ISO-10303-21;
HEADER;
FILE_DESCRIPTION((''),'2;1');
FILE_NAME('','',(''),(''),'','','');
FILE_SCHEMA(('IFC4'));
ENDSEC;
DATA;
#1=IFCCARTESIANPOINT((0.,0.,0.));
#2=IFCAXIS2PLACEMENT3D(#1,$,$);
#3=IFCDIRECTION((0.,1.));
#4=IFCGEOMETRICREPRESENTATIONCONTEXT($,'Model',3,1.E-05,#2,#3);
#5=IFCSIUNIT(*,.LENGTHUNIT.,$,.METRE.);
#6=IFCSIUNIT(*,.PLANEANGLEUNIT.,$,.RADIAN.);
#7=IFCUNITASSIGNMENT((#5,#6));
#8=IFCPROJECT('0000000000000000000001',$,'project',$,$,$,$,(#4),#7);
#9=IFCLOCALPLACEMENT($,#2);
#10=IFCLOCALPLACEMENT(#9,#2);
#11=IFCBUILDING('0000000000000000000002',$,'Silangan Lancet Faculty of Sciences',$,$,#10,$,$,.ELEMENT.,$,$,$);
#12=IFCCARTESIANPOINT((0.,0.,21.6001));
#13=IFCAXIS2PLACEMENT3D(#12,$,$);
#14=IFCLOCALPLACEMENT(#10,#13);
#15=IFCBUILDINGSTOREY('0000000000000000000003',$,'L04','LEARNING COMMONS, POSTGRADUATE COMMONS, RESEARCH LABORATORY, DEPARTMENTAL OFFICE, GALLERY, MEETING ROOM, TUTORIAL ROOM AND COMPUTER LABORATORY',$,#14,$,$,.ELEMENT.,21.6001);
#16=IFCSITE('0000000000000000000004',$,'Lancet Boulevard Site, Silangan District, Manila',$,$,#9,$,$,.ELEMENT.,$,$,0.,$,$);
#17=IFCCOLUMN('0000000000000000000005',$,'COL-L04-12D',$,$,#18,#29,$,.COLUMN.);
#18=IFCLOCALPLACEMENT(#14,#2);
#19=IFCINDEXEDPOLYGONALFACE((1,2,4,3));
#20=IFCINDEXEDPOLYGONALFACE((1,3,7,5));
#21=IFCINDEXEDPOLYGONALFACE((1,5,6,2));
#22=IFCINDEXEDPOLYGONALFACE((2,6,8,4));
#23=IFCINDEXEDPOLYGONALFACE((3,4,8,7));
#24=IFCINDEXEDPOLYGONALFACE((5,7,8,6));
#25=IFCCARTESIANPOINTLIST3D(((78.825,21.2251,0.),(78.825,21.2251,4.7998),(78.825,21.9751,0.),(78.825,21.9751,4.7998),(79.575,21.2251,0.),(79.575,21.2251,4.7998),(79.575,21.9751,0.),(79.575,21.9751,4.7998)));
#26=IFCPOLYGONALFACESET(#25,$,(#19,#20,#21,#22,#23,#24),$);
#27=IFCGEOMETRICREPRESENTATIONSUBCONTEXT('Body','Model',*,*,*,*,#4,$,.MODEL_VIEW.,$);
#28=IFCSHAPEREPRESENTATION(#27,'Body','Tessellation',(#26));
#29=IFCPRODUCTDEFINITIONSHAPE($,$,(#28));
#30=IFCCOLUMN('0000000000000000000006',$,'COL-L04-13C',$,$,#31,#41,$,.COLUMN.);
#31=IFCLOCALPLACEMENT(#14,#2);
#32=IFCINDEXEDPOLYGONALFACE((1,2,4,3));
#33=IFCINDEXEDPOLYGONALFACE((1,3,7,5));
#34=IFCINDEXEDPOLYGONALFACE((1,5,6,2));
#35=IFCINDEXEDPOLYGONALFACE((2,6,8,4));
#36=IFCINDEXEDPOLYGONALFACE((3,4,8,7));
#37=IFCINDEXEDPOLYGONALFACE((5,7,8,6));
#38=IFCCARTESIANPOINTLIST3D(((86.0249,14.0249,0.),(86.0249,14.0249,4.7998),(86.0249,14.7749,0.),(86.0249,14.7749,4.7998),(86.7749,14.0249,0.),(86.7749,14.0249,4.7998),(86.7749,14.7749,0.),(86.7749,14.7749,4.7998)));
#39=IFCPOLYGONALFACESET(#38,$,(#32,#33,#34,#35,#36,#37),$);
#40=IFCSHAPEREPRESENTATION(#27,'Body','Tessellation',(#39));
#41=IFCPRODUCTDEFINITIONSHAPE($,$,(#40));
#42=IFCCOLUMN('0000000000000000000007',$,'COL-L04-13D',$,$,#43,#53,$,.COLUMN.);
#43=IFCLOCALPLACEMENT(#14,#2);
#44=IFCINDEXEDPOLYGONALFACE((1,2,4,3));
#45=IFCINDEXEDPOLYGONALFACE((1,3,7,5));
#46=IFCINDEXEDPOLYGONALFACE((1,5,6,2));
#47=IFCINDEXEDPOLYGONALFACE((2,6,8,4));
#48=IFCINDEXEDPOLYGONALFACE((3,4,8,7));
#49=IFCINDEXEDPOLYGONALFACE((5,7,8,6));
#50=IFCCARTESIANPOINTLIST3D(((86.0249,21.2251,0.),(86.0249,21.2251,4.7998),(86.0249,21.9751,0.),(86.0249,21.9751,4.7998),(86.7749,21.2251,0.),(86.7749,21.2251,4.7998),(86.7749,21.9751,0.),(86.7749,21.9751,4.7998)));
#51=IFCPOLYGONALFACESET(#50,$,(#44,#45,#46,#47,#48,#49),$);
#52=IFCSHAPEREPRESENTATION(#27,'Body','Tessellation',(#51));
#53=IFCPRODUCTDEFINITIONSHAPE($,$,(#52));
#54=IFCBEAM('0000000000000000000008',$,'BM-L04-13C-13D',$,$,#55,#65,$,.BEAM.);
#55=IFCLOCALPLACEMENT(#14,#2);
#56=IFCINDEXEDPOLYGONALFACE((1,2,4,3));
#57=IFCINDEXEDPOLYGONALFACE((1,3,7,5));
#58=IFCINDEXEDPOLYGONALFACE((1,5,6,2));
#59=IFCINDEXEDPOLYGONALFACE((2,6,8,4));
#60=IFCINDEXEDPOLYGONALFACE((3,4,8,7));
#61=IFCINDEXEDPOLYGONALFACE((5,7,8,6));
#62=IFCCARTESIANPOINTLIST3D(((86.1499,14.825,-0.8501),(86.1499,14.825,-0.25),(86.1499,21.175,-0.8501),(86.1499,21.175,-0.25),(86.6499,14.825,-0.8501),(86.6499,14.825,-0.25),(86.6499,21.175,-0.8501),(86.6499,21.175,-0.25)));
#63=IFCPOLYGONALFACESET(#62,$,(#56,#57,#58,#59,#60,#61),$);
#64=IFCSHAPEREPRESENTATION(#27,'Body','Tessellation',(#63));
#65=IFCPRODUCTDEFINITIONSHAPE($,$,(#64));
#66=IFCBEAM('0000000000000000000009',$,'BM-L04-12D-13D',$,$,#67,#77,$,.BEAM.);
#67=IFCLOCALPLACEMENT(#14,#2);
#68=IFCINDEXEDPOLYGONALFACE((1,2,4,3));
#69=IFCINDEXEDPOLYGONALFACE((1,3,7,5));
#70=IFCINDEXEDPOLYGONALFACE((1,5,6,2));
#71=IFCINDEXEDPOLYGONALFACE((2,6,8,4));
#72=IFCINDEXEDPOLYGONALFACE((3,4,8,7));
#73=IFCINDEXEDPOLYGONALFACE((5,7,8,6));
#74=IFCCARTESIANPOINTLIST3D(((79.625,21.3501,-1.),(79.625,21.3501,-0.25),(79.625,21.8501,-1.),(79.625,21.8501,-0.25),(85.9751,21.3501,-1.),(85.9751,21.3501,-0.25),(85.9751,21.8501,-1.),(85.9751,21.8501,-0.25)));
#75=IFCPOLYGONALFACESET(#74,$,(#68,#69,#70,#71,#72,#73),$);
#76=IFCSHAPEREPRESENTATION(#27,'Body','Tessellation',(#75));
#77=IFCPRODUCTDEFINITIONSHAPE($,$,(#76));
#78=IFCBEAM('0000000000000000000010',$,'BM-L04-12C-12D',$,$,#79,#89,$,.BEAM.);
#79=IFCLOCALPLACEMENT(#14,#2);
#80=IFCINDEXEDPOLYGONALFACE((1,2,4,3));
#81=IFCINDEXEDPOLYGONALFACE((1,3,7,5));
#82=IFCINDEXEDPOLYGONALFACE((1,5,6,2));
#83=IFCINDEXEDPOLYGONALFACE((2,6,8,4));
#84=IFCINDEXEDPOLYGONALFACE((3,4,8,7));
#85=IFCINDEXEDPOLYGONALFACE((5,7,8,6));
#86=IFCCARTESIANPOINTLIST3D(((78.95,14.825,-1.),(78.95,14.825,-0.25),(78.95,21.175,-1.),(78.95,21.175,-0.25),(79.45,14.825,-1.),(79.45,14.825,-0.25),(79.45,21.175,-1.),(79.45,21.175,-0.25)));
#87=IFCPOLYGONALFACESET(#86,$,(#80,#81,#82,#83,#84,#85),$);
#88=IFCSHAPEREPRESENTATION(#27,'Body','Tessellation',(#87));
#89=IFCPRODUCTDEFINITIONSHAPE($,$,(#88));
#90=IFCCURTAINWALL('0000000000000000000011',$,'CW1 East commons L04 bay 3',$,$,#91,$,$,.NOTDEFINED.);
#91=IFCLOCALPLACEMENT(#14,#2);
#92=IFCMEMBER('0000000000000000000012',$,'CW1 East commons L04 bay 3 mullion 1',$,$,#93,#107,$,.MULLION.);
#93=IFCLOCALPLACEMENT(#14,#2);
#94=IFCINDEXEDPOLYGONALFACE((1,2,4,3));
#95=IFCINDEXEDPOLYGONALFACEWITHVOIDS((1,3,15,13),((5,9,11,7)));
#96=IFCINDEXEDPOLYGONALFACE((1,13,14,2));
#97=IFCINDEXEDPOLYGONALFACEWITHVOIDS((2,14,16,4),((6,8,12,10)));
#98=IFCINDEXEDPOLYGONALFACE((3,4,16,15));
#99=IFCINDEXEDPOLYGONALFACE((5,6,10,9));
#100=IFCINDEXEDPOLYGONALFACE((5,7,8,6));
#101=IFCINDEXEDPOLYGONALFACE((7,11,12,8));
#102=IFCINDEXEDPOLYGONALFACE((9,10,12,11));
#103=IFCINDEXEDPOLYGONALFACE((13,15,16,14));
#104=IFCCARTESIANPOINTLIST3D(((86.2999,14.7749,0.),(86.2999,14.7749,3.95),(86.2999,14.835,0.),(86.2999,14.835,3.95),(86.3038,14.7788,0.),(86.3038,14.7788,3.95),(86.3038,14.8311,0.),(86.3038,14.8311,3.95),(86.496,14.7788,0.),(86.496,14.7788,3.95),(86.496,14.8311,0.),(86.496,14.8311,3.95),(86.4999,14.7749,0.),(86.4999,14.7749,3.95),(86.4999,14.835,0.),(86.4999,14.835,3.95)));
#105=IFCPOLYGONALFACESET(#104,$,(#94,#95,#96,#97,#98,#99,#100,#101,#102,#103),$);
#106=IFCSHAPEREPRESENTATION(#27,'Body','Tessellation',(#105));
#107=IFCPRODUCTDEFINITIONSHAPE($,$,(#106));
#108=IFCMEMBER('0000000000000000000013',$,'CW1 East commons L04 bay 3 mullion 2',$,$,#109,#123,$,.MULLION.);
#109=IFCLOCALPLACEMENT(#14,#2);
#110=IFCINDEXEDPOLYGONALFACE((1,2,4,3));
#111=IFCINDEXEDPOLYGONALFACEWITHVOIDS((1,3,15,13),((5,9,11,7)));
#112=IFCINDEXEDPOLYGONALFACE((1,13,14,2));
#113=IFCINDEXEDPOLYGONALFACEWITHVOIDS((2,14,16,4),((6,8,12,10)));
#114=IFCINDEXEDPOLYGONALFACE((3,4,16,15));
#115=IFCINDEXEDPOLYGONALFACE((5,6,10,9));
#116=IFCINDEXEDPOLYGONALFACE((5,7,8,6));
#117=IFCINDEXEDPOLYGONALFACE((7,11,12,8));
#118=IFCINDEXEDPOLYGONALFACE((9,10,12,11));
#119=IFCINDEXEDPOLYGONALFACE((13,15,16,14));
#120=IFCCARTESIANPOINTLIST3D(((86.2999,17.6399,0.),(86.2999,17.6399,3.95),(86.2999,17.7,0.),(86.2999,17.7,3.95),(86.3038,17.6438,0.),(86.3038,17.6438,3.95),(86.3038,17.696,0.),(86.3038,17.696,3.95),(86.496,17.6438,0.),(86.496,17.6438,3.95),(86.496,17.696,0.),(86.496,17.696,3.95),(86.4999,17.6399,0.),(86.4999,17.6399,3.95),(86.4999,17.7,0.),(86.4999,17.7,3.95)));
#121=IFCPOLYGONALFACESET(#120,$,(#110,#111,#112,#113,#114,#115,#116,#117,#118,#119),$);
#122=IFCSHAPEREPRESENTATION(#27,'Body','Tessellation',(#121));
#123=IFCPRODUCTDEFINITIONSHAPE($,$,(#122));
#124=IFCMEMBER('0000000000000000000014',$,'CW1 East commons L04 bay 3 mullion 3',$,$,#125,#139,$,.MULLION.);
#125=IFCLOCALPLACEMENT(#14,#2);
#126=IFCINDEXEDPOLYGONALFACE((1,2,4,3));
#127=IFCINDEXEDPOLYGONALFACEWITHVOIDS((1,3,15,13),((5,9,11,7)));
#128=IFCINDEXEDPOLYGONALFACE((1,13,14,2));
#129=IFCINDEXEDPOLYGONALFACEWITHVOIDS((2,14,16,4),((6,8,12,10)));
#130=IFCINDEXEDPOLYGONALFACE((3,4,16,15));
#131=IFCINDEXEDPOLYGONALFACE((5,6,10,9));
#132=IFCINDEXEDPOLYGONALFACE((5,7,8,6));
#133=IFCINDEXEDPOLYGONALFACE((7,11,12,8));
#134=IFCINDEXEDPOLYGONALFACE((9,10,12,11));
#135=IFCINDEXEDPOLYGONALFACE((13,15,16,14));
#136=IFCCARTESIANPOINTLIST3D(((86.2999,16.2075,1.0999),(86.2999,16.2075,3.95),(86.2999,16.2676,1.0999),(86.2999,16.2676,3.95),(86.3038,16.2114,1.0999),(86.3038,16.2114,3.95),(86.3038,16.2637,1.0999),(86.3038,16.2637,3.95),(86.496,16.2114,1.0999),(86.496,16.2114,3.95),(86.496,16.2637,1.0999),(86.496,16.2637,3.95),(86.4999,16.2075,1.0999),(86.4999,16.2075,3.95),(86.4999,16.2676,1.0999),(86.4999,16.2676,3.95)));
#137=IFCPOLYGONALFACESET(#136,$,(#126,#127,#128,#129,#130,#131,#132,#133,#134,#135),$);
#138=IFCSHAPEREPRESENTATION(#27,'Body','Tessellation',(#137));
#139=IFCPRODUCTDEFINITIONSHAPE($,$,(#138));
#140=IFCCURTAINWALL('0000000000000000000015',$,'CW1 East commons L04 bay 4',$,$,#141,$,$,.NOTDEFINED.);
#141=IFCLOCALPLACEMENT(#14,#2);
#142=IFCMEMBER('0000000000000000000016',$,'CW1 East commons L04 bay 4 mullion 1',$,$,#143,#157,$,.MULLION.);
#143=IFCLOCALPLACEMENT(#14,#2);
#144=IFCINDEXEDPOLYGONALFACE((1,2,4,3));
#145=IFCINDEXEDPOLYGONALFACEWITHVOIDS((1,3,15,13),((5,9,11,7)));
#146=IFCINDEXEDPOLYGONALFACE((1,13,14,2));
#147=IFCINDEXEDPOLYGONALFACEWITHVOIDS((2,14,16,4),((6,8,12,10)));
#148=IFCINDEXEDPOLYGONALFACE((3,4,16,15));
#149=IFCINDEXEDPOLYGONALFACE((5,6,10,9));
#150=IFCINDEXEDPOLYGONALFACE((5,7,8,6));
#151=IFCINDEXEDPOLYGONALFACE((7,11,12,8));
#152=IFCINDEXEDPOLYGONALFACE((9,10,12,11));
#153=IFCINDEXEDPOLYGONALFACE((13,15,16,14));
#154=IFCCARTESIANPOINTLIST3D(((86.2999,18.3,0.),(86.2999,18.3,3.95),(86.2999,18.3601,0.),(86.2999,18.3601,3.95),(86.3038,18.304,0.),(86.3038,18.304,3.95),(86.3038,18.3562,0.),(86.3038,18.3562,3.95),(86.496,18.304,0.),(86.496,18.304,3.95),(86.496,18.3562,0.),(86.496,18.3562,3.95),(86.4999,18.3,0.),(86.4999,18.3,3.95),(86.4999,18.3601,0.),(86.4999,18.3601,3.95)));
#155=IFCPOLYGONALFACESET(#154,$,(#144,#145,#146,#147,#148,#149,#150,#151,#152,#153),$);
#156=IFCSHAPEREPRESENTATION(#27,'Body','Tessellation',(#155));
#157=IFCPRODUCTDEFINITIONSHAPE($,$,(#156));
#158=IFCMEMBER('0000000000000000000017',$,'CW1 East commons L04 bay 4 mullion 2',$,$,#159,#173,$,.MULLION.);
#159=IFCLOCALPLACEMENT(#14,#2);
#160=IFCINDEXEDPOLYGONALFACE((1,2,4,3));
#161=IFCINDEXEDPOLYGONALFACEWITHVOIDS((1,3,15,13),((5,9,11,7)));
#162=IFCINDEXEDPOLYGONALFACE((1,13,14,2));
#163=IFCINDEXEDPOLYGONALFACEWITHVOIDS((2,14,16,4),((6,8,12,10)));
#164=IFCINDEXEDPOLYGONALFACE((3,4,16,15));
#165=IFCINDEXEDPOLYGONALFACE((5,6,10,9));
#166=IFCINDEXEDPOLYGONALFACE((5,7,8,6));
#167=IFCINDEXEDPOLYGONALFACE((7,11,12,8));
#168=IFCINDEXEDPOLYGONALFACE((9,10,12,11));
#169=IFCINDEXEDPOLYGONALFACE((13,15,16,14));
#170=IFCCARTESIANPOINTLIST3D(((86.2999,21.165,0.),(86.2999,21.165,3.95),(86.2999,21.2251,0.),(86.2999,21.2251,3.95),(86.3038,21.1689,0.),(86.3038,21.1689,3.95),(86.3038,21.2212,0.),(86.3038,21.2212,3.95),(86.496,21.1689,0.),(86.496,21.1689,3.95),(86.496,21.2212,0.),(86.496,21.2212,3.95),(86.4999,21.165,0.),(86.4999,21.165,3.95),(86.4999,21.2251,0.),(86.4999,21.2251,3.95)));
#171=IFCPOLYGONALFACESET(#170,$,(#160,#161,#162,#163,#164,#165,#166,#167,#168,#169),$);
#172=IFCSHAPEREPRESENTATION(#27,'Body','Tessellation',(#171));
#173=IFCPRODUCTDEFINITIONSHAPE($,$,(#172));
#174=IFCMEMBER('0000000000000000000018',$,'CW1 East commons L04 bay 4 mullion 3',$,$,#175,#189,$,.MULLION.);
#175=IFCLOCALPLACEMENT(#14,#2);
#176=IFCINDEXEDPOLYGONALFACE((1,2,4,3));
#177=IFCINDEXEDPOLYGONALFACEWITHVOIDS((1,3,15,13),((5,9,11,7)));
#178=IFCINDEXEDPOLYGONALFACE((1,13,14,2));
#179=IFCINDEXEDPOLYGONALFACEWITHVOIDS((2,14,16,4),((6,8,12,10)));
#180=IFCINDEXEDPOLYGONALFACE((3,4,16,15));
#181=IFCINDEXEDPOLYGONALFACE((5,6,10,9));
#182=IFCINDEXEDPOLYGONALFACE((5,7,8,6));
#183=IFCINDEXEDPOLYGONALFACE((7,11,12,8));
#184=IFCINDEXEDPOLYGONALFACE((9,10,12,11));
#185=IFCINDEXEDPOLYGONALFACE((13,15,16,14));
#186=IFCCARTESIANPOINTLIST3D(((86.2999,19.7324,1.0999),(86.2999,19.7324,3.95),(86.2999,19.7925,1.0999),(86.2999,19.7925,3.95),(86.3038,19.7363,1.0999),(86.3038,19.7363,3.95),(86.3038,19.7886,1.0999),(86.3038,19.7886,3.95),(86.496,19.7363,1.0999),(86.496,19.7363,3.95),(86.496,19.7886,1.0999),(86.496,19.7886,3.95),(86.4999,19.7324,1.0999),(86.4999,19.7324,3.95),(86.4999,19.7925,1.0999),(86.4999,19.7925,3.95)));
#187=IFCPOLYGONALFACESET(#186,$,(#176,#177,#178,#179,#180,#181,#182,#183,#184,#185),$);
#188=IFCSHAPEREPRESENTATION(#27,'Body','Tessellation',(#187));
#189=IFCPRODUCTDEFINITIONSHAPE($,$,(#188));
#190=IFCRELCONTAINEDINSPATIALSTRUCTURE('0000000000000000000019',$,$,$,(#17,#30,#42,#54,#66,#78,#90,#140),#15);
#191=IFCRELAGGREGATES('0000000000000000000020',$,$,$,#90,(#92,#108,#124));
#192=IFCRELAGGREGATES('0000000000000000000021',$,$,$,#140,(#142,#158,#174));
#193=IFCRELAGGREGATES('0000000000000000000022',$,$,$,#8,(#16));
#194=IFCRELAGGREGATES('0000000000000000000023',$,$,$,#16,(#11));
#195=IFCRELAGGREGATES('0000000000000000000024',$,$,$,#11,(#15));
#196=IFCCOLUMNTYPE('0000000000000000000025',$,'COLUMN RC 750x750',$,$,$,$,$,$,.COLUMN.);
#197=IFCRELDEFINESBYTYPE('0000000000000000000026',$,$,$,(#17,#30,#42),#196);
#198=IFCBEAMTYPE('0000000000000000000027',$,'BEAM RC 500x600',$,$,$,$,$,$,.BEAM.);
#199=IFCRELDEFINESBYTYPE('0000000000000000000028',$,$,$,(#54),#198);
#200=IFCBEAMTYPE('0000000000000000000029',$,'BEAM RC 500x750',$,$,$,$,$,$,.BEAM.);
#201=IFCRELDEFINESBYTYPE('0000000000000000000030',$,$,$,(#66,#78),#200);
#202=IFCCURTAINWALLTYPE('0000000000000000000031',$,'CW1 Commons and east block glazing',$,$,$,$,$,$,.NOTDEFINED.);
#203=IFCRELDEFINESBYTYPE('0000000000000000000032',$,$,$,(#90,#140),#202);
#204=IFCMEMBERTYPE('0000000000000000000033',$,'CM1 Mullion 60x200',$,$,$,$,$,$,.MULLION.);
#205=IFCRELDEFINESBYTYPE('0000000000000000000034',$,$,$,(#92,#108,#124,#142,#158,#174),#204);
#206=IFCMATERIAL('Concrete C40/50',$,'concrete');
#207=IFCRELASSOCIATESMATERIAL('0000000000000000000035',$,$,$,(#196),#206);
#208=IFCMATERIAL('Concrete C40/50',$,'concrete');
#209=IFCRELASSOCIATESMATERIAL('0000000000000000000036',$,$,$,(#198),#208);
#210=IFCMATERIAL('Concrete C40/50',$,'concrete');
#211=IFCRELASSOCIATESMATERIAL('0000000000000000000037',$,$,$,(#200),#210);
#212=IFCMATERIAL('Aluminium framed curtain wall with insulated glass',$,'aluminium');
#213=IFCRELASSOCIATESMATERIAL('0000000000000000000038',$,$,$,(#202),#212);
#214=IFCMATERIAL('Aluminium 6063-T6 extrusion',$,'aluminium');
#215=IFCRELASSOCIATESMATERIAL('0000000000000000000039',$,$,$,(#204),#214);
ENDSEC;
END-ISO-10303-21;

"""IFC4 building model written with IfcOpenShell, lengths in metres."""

from ifc_helpers import new_model, si_unit, direction, frame, origin, origin_2d, place, context, subcontext, project, spatial, rectangle, hollow_rectangle, extrude, material, material_profile, profile_set, type_object, element, aggregate, save


model = new_model("IFC4")

# Units and contexts
model_context = context("Model", 3, precision=1e-05, world=origin(), true_north=direction((0.0, 1.0)))
body_context = subcontext(model_context, "Body", "Model", "MODEL_VIEW")
ifc_project = project(units=[si_unit("LENGTHUNIT", "METRE"), si_unit("PLANEANGLEUNIT", "RADIAN")], contexts=[model_context])

# Site, building, storey
site_placement = place(None, origin())
site = spatial("IfcSite", under=ifc_project, at=site_placement, Name="Lancet Boulevard Site, Silangan District, Manila", CompositionType="ELEMENT", RefElevation=0.0)
building_placement = place(site_placement, origin())
building = spatial("IfcBuilding", under=site, at=building_placement, Name="Silangan Lancet Faculty of Sciences", CompositionType="ELEMENT")
storey_placement = place(building_placement, frame((0.0, 0.0, 21.6001)))
storey = spatial("IfcBuildingStorey", under=building, at=storey_placement, Name="L04", Description="LEARNING COMMONS, POSTGRADUATE COMMONS, RESEARCH LABORATORY, DEPARTMENTAL OFFICE, GALLERY, MEETING ROOM, TUTORIAL ROOM AND COMPUTER LABORATORY", CompositionType="ELEMENT", Elevation=21.6001)

# Columns
ifc_material_1 = material(Name="Concrete C40/50", Category="concrete")
ifc_material_profile_1 = material_profile(ifc_material_1, rectangle(XDim=0.75, YDim=0.75, at=origin_2d()), Name="RC 750x750")
ifc_profile_set_1 = profile_set([ifc_material_profile_1], Name="Concrete C40/50")
column_type = type_object("IfcColumnType", Name="COLUMN RC 750x750", PredefinedType="COLUMN", material=ifc_profile_set_1)
for number, where, z_axis, x_axis, name in (
    (1, (79.2, 21.6001, 0.0), (0.0, 0.0, 1.0), (1.0, 0.0, 0.0), "COL-L04-12D"),
    (2, (86.3999, 14.3999, 0.0), (0.0, 0.0, 1.0), (1.0, 0.0, 0.0), "COL-L04-13C"),
    (3, (86.3999, 21.6001, 0.0), (0.0, 0.0, 1.0), (1.0, 0.0, 0.0), "COL-L04-13D"),
):
    element("IfcColumn", number, at=place(storey_placement, frame(where, z_axis=z_axis, x_axis=x_axis)), inside=storey, type_object=column_type, Name=name, PredefinedType="COLUMN", context=body_context, shape_type="SweptSolid", body=[
        extrude(rectangle(XDim=0.75, YDim=0.75, at=origin_2d()), origin(), (0.0, 0.0, 1.0), 4.7998),
    ])

# Beams
ifc_material_2 = material(Name="Concrete C40/50", Category="concrete")
ifc_material_profile_2 = material_profile(ifc_material_2, rectangle(XDim=0.5, YDim=0.6001, at=origin_2d()), Name="RC 500x600")
ifc_profile_set_2 = profile_set([ifc_material_profile_2], Name="Concrete C40/50")
beam_type_1 = type_object("IfcBeamType", Name="BEAM RC 500x600", PredefinedType="BEAM", material=ifc_profile_set_2)
beam_placement = place(storey_placement, frame((86.3999, 14.825, -0.55), z_axis=(0.0, 1.0, 0.0), x_axis=(-1.0, 0.0, 0.0)))
element("IfcBeam", 4, at=beam_placement, inside=storey, type_object=beam_type_1, Name="BM-L04-13C-13D", PredefinedType="BEAM", context=body_context, shape_type="SweptSolid", body=[
    extrude(rectangle(XDim=0.5, YDim=0.6001, at=origin_2d()), origin(), (0.0, 0.0, 1.0), 6.3501),
])
ifc_material_3 = material(Name="Concrete C40/50", Category="concrete")
ifc_material_profile_3 = material_profile(ifc_material_3, rectangle(XDim=0.5, YDim=0.75, at=origin_2d()), Name="RC 500x750")
ifc_profile_set_3 = profile_set([ifc_material_profile_3], Name="Concrete C40/50")
beam_type_2 = type_object("IfcBeamType", Name="BEAM RC 500x750", PredefinedType="BEAM", material=ifc_profile_set_3)
for number, where, z_axis, x_axis, name in (
    (5, (79.625, 21.6001, -0.625), (1.0, 0.0, 0.0), (0.0, 1.0, 0.0), "BM-L04-12D-13D"),
    (6, (79.2, 14.825, -0.625), (0.0, 1.0, 0.0), (-1.0, 0.0, 0.0), "BM-L04-12C-12D"),
):
    element("IfcBeam", number, at=place(storey_placement, frame(where, z_axis=z_axis, x_axis=x_axis)), inside=storey, type_object=beam_type_2, Name=name, PredefinedType="BEAM", context=body_context, shape_type="SweptSolid", body=[
        extrude(rectangle(XDim=0.5, YDim=0.75, at=origin_2d()), origin(), (0.0, 0.0, 1.0), 6.3501),
    ])

# Curtain walls, members
ifc_material_4 = material(Name="Aluminium framed curtain wall with insulated glass", Category="aluminium")
curtain_wall_type = type_object("IfcCurtainWallType", Name="CW1 Commons and east block glazing", PredefinedType="NOTDEFINED", material=ifc_material_4)
curtain_wall_1_placement = place(storey_placement, origin())
curtain_wall_1 = element("IfcCurtainWall", 7, at=curtain_wall_1_placement, inside=storey, type_object=curtain_wall_type, Name="CW1 East commons L04 bay 3", PredefinedType="NOTDEFINED")
ifc_material_5 = material(Name="Aluminium 6063-T6 extrusion", Category="aluminium")
ifc_material_profile_4 = material_profile(ifc_material_5, hollow_rectangle(XDim=0.0601, YDim=0.2, WallThickness=0.0039, at=origin_2d()), Name="AL BOX 60x200x4")
ifc_profile_set_4 = profile_set([ifc_material_profile_4], Name="Aluminium 6063-T6 extrusion")
member_type_1 = type_object("IfcMemberType", Name="CM1 Mullion 60x200", PredefinedType="MULLION", material=ifc_profile_set_4)
member_1_placement = place(storey_placement, frame((86.3999, 14.8049, 0.0), z_axis=(0.0, 0.0, 1.0), x_axis=(0.0, 1.0, 0.0)))
member_1 = element("IfcMember", 8, at=member_1_placement, type_object=member_type_1, Name="CW1 East commons L04 bay 3 mullion 1", PredefinedType="MULLION", context=body_context, shape_type="SweptSolid", body=[
    extrude(hollow_rectangle(XDim=0.0601, YDim=0.2, WallThickness=0.0039, at=origin_2d()), origin(), (0.0, 0.0, 1.0), 3.95),
])
member_2_placement = place(storey_placement, frame((86.3999, 17.6699, 0.0), z_axis=(0.0, 0.0, 1.0), x_axis=(0.0, 1.0, 0.0)))
member_2 = element("IfcMember", 9, at=member_2_placement, type_object=member_type_1, Name="CW1 East commons L04 bay 3 mullion 2", PredefinedType="MULLION", context=body_context, shape_type="SweptSolid", body=[
    extrude(hollow_rectangle(XDim=0.0601, YDim=0.2, WallThickness=0.0039, at=origin_2d()), origin(), (0.0, 0.0, 1.0), 3.95),
])
member_3_placement = place(storey_placement, frame((86.3999, 16.2375, 1.0999), z_axis=(0.0, 0.0, 1.0), x_axis=(0.0, 1.0, 0.0)))
member_3 = element("IfcMember", 10, at=member_3_placement, type_object=member_type_1, Name="CW1 East commons L04 bay 3 mullion 3", PredefinedType="MULLION", context=body_context, shape_type="SweptSolid", body=[
    extrude(hollow_rectangle(XDim=0.0601, YDim=0.2, WallThickness=0.0039, at=origin_2d()), origin(), (0.0, 0.0, 1.0), 2.8501),
])
curtain_wall_2_placement = place(storey_placement, origin())
curtain_wall_2 = element("IfcCurtainWall", 11, at=curtain_wall_2_placement, inside=storey, type_object=curtain_wall_type, Name="CW1 East commons L04 bay 4", PredefinedType="NOTDEFINED")
member_4_placement = place(storey_placement, frame((86.3999, 18.3301, 0.0), z_axis=(0.0, 0.0, 1.0), x_axis=(0.0, 1.0, 0.0)))
member_4 = element("IfcMember", 12, at=member_4_placement, type_object=member_type_1, Name="CW1 East commons L04 bay 4 mullion 1", PredefinedType="MULLION", context=body_context, shape_type="SweptSolid", body=[
    extrude(hollow_rectangle(XDim=0.0601, YDim=0.2, WallThickness=0.0039, at=origin_2d()), origin(), (0.0, 0.0, 1.0), 3.95),
])
member_5_placement = place(storey_placement, frame((86.3999, 21.1951, 0.0), z_axis=(0.0, 0.0, 1.0), x_axis=(0.0, 1.0, 0.0)))
member_5 = element("IfcMember", 13, at=member_5_placement, type_object=member_type_1, Name="CW1 East commons L04 bay 4 mullion 2", PredefinedType="MULLION", context=body_context, shape_type="SweptSolid", body=[
    extrude(hollow_rectangle(XDim=0.0601, YDim=0.2, WallThickness=0.0039, at=origin_2d()), origin(), (0.0, 0.0, 1.0), 3.95),
])
member_6_placement = place(storey_placement, frame((86.3999, 19.7625, 1.0999), z_axis=(0.0, 0.0, 1.0), x_axis=(0.0, 1.0, 0.0)))
member_6 = element("IfcMember", 14, at=member_6_placement, type_object=member_type_1, Name="CW1 East commons L04 bay 4 mullion 3", PredefinedType="MULLION", context=body_context, shape_type="SweptSolid", body=[
    extrude(hollow_rectangle(XDim=0.0601, YDim=0.2, WallThickness=0.0039, at=origin_2d()), origin(), (0.0, 0.0, 1.0), 2.8501),
])

aggregate(curtain_wall_1, [member_1, member_2, member_3])
aggregate(curtain_wall_2, [member_4, member_5, member_6])

save(model, "model.ifc")
